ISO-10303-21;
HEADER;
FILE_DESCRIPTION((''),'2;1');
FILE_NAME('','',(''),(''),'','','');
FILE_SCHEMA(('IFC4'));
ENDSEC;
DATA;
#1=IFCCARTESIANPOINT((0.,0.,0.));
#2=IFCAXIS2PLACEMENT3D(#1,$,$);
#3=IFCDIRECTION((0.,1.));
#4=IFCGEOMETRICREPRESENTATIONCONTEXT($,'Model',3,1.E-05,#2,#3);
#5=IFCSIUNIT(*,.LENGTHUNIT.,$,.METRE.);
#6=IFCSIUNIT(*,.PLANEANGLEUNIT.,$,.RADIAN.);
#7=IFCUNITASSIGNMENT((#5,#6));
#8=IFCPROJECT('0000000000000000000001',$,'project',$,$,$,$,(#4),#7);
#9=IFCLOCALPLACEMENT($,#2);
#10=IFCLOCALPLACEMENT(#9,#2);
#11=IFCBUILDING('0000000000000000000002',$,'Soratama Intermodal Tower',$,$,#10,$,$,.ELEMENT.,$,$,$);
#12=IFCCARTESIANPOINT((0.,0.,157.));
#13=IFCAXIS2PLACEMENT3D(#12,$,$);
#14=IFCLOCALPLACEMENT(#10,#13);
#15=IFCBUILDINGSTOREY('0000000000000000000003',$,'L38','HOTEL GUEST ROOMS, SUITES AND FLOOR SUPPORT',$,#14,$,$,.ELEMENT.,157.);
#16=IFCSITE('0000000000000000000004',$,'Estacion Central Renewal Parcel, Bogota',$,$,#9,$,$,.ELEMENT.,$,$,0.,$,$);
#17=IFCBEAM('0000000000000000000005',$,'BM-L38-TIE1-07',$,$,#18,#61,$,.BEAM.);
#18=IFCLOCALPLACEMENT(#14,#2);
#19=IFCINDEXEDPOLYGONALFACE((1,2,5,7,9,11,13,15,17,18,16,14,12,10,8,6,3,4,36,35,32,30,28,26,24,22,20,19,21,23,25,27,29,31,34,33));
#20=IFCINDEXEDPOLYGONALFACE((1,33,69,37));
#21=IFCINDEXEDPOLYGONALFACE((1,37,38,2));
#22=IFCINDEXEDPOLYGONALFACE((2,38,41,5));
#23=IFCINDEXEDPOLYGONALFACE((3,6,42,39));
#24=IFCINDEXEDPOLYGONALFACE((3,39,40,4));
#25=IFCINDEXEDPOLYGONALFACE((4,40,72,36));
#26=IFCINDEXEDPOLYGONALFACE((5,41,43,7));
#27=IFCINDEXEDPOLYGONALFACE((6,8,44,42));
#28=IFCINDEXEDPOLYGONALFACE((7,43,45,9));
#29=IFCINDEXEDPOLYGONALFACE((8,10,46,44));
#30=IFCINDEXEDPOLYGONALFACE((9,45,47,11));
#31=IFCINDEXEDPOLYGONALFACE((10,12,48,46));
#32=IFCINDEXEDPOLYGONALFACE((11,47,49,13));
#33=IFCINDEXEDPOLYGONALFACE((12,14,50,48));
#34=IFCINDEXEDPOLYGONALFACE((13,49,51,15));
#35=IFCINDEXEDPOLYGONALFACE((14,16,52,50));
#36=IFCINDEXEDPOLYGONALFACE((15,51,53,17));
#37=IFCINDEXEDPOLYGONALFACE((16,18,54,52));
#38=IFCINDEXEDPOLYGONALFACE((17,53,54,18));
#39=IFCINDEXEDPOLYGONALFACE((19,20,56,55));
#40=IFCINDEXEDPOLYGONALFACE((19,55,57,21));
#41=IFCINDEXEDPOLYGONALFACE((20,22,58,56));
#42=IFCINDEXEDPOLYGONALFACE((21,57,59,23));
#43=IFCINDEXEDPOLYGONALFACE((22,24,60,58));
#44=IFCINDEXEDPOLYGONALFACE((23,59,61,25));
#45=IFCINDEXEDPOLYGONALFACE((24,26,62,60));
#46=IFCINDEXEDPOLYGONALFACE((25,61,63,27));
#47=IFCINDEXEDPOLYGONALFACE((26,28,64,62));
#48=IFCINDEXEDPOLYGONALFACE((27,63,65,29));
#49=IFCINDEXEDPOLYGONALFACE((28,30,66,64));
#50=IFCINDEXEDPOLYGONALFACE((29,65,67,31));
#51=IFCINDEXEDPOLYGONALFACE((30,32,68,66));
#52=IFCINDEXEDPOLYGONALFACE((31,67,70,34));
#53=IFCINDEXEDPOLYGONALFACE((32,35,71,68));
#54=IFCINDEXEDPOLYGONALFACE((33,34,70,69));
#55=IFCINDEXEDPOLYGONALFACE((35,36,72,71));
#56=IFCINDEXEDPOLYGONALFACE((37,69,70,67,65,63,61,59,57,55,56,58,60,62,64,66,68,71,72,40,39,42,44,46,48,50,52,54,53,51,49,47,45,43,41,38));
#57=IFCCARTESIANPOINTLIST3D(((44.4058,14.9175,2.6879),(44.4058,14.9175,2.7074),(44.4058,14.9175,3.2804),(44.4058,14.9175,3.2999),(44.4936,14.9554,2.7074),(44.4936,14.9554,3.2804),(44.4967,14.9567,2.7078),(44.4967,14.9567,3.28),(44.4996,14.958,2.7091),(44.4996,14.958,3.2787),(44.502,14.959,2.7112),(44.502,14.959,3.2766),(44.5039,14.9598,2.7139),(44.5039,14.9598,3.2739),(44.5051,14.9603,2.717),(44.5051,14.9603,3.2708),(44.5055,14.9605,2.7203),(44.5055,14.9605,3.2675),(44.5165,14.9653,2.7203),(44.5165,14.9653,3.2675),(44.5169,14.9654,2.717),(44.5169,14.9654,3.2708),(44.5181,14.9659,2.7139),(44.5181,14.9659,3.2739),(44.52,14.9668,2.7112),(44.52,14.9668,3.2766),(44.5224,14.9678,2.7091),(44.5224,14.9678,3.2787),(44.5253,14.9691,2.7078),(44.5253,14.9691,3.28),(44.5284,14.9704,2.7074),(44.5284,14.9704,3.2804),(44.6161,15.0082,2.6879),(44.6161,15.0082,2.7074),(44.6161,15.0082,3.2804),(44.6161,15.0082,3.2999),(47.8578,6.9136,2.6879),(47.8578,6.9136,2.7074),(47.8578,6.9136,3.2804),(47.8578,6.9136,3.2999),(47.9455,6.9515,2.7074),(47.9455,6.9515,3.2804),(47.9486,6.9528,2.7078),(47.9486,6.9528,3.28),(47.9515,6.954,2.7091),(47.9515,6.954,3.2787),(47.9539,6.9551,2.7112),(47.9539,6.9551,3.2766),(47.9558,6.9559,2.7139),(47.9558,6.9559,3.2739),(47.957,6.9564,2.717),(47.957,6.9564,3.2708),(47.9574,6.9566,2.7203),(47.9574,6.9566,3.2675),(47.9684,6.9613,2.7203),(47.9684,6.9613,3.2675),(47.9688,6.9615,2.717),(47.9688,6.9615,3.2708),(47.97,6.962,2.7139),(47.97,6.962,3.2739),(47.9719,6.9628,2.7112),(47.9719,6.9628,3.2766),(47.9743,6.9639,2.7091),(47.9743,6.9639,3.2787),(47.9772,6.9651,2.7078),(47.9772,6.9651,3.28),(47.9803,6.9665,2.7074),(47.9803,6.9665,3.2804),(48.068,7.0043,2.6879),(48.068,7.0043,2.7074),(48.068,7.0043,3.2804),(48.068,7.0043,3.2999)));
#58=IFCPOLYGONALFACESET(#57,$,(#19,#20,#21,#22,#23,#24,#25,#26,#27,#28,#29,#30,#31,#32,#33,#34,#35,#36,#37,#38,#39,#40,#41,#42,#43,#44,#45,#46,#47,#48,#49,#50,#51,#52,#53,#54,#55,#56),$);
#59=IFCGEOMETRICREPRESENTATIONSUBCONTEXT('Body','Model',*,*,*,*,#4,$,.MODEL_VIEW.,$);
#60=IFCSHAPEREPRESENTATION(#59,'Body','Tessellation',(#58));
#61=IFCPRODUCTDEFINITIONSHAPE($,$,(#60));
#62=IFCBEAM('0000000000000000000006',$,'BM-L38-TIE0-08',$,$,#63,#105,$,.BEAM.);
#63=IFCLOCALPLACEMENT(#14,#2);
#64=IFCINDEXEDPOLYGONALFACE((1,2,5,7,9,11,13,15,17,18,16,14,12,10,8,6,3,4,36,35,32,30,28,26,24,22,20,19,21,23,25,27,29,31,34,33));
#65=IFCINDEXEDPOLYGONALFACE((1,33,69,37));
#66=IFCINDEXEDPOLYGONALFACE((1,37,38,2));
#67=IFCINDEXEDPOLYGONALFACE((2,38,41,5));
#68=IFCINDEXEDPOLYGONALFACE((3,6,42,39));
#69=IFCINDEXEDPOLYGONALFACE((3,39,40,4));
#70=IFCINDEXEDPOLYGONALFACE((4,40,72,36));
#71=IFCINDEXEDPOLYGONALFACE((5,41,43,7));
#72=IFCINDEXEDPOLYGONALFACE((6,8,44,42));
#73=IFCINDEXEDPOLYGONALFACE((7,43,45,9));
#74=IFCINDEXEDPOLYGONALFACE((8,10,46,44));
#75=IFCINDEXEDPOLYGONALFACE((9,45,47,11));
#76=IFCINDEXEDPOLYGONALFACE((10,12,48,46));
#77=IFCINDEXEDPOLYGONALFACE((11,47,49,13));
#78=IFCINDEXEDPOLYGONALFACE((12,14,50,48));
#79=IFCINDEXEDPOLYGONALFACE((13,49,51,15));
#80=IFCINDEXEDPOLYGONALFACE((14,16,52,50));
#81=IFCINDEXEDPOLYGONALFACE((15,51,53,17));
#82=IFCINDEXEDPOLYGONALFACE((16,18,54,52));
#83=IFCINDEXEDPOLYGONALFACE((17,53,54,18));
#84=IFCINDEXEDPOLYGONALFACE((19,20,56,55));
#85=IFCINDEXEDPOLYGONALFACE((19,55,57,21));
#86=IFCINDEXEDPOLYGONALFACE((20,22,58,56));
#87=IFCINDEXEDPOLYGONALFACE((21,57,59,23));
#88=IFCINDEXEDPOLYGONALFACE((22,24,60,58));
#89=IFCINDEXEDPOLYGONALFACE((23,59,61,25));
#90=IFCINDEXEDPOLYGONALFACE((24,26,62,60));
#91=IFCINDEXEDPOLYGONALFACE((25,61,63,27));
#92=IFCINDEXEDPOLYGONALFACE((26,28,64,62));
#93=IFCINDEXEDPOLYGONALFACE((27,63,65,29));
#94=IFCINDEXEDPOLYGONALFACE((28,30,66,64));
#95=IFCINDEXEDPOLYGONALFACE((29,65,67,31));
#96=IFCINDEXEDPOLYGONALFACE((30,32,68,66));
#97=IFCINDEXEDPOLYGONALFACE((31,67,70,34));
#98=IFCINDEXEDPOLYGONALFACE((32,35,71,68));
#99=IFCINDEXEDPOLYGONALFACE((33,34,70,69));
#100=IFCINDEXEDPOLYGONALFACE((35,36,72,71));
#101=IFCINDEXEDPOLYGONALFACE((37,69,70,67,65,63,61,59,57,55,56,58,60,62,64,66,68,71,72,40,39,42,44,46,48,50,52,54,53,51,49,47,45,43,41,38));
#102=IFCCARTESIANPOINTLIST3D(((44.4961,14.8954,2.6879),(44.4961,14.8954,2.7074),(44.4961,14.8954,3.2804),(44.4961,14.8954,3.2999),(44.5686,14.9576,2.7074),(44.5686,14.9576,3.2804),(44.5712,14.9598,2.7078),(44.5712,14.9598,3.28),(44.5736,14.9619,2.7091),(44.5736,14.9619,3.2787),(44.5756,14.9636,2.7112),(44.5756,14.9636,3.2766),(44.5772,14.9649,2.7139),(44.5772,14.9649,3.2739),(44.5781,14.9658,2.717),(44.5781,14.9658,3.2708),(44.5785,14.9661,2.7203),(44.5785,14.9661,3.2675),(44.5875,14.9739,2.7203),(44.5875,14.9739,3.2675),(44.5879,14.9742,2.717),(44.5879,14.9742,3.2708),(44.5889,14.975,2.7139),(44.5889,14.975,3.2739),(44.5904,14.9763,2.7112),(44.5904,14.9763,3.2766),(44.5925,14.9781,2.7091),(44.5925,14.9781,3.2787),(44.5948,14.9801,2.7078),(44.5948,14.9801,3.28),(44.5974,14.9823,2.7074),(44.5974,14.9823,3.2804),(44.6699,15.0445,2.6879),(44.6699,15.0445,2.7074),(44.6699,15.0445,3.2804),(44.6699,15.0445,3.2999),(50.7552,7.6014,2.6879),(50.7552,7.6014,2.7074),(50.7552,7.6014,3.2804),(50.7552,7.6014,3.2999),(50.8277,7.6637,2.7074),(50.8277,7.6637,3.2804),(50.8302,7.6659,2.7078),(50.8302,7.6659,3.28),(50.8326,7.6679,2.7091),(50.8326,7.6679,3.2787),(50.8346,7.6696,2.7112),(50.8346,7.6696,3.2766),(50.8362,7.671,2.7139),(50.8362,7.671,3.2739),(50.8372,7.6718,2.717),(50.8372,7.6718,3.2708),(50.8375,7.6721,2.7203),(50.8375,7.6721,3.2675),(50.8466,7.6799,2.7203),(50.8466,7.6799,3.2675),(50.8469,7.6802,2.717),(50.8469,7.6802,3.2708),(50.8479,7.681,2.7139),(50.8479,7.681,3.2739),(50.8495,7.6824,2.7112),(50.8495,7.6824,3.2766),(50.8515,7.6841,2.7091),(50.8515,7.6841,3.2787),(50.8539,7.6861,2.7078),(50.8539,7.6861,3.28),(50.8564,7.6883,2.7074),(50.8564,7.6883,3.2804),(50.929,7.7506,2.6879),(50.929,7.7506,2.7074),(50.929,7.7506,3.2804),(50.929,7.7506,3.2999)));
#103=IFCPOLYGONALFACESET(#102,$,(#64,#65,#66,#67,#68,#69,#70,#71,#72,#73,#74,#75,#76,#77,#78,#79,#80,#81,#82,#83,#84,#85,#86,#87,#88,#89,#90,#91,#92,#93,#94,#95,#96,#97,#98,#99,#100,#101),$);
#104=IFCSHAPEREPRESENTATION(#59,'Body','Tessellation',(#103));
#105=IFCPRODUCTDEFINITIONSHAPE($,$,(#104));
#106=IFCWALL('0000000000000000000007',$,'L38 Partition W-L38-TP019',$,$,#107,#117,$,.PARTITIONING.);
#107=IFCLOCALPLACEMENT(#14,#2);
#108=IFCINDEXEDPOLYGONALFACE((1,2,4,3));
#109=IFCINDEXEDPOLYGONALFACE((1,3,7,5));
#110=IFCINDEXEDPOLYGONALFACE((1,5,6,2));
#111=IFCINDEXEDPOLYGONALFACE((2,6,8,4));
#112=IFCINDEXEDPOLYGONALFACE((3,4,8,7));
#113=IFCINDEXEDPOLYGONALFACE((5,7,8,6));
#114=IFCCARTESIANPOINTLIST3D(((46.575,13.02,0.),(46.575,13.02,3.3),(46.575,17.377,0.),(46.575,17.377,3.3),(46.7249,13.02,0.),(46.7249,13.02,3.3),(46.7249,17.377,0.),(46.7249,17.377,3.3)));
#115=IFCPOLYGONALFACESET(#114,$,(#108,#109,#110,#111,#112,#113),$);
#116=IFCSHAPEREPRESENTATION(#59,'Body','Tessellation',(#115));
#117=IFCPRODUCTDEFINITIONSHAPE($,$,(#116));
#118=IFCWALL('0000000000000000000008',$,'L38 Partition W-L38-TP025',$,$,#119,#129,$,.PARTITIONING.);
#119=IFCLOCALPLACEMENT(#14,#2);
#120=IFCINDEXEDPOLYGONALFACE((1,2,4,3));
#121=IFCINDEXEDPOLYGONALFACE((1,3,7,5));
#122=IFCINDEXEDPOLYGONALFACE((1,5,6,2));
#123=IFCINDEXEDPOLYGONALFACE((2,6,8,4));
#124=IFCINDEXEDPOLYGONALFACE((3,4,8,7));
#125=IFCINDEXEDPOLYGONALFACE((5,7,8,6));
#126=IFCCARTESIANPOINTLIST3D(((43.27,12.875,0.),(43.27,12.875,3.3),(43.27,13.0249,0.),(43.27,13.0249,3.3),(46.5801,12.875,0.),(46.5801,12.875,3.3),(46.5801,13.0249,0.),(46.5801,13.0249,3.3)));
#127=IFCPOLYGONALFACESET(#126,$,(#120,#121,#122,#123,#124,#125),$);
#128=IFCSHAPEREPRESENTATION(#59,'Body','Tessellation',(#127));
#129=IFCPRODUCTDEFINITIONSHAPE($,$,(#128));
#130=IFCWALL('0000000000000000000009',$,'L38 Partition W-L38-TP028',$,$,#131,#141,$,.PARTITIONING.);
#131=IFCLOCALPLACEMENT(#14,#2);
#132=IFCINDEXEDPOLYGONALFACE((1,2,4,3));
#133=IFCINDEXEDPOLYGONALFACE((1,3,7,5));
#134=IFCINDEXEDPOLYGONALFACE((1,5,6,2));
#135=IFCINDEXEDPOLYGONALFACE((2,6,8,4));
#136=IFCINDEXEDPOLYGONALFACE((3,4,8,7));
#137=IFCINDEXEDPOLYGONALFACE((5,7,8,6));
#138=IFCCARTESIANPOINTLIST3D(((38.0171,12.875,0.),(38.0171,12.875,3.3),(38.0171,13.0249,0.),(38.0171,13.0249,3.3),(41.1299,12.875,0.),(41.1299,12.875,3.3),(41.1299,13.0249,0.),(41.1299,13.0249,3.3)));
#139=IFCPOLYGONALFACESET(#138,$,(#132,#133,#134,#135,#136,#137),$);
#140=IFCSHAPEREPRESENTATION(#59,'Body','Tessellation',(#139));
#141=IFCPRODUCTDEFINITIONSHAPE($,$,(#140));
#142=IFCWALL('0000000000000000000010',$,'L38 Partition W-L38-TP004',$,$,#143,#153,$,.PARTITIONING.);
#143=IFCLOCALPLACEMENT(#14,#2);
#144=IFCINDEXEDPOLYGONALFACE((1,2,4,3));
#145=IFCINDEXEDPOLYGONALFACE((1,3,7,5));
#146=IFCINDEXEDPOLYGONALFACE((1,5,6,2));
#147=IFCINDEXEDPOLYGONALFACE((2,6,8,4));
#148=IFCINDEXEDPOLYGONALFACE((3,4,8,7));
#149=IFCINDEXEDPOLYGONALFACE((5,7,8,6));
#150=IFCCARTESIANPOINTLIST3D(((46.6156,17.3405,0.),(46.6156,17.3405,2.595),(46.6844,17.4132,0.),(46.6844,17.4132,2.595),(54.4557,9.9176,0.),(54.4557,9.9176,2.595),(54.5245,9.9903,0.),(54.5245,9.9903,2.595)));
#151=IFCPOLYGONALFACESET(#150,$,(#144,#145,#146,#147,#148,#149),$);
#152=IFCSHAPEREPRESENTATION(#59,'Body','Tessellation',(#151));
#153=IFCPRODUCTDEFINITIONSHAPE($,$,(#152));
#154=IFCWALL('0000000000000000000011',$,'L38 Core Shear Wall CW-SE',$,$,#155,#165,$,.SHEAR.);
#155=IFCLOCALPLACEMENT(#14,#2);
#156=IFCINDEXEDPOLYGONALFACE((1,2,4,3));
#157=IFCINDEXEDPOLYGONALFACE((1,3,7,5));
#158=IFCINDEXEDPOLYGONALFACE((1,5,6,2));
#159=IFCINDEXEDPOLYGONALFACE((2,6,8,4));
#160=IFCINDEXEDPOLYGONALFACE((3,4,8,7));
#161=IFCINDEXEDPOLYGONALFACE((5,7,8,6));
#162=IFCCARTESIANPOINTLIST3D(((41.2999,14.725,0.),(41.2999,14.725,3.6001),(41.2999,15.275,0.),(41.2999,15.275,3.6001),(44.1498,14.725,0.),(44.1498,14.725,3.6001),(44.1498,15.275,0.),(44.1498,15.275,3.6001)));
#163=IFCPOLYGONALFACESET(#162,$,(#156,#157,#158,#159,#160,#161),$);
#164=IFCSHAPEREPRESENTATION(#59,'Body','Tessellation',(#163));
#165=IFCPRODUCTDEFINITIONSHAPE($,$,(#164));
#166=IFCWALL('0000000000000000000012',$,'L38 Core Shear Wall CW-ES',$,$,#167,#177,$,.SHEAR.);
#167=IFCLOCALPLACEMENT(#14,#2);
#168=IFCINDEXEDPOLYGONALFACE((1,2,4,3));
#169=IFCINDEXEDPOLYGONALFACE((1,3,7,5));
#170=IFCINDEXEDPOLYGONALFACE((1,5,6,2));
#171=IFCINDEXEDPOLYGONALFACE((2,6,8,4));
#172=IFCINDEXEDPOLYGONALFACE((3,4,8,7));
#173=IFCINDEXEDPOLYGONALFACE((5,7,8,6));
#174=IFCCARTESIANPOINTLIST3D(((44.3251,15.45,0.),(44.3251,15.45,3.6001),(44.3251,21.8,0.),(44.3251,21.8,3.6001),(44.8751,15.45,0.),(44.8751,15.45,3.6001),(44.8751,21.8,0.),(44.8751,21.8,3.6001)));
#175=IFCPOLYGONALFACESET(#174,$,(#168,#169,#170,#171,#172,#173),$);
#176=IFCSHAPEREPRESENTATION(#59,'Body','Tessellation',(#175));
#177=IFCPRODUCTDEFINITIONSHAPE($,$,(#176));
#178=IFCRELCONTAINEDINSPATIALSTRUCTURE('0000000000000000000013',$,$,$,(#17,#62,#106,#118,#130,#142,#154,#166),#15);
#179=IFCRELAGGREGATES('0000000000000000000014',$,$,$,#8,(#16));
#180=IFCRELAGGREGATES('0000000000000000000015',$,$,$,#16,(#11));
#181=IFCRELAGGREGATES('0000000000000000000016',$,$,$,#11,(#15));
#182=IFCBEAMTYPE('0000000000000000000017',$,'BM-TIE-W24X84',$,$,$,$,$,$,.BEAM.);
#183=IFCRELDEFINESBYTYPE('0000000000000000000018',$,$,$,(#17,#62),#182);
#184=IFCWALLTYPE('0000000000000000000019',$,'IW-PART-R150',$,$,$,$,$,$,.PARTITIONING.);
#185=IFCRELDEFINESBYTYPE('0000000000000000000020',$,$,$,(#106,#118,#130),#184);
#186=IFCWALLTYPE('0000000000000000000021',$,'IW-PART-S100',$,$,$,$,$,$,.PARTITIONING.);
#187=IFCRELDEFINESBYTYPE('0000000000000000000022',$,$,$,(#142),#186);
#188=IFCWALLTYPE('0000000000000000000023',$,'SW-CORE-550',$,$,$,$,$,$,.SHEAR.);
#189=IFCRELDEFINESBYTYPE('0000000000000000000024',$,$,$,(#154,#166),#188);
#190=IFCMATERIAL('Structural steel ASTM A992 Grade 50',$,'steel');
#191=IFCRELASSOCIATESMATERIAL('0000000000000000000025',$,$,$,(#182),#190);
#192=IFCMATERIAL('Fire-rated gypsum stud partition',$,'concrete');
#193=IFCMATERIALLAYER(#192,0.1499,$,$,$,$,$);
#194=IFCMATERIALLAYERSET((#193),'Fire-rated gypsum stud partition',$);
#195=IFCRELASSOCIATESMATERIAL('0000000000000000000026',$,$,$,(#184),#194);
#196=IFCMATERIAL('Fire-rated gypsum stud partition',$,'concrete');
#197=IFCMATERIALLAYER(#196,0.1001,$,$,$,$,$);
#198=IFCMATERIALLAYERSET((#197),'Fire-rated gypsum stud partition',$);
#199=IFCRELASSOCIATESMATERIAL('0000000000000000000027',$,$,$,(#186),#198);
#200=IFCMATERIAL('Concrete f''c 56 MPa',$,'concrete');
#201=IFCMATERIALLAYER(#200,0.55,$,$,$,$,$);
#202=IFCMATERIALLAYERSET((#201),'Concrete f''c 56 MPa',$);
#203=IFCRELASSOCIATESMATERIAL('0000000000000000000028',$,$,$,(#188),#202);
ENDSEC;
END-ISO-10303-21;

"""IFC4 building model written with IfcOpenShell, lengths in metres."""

from ifc_helpers import new_model, si_unit, direction, frame, frame_2d, origin, origin_2d, place, context, subcontext, project, spatial, rectangle, i_section, extrude, material, layer, layer_set, material_profile, profile_set, type_object, element, save


model = new_model("IFC4")

# Units and contexts
model_context = context("Model", 3, precision=1e-05, world=origin(), true_north=direction((0.0, 1.0)))
body_context = subcontext(model_context, "Body", "Model", "MODEL_VIEW")
ifc_project = project(units=[si_unit("LENGTHUNIT", "METRE"), si_unit("PLANEANGLEUNIT", "RADIAN")], contexts=[model_context])

# Site, building, storey
site_placement = place(None, origin())
site = spatial("IfcSite", under=ifc_project, at=site_placement, Name="Estacion Central Renewal Parcel, Bogota", CompositionType="ELEMENT", RefElevation=0.0)
building_placement = place(site_placement, origin())
building = spatial("IfcBuilding", under=site, at=building_placement, Name="Soratama Intermodal Tower", CompositionType="ELEMENT")
storey_placement = place(building_placement, frame((0.0, 0.0, 157.0)))
storey = spatial("IfcBuildingStorey", under=building, at=storey_placement, Name="L38", Description="HOTEL GUEST ROOMS, SUITES AND FLOOR SUPPORT", CompositionType="ELEMENT", Elevation=157.0)

# Beams
ifc_material_1 = material(Name="Structural steel ASTM A992 Grade 50", Category="steel")
ifc_material_profile_1 = material_profile(ifc_material_1, i_section(OverallWidth=0.229, OverallDepth=0.6121, WebThickness=0.012, FlangeThickness=0.0195, FilletRadius=0.0129, at=origin_2d()), Name="W24X84")
ifc_profile_set_1 = profile_set([ifc_material_profile_1], Name="Structural steel ASTM A992 Grade 50")
beam_type_1 = type_object("IfcBeamType", Name="BM-TIE-W24X84", PredefinedType="BEAM", material=ifc_profile_set_1)
beam_1_placement = place(storey_placement, frame((44.511, 14.9629, 2.9939), z_axis=(0.396017, -0.918243, 0.0), x_axis=(0.918243, 0.396017, 0.0)))
element("IfcBeam", 1, at=beam_1_placement, inside=storey, type_object=beam_type_1, Name="BM-L38-TIE1-07", PredefinedType="BEAM", context=body_context, shape_type="SweptSolid", body=[
    extrude(i_section(OverallWidth=0.229, OverallDepth=0.6121, WebThickness=0.012, FlangeThickness=0.0195, FilletRadius=0.0129, at=origin_2d()), origin(), (0.0, 0.0, 1.0), 8.7166),
])
beam_2_placement = place(storey_placement, frame((44.583, 14.97, 2.9939), z_axis=(0.651216, -0.758892, 0.0), x_axis=(0.758892, 0.651216, 0.0)))
element("IfcBeam", 2, at=beam_2_placement, inside=storey, type_object=beam_type_1, Name="BM-L38-TIE0-08", PredefinedType="BEAM", context=body_context, shape_type="SweptSolid", body=[
    extrude(i_section(OverallWidth=0.229, OverallDepth=0.6121, WebThickness=0.012, FlangeThickness=0.0195, FilletRadius=0.0129, at=origin_2d()), origin(), (0.0, 0.0, 1.0), 9.6113),
])

# Walls
ifc_material_2 = material(Name="Fire-rated gypsum stud partition", Category="concrete")
ifc_layer_1 = layer(ifc_material_2, 0.1499)
ifc_layer_set_1 = layer_set([ifc_layer_1], Name="Fire-rated gypsum stud partition")
wall_type_1 = type_object("IfcWallType", Name="IW-PART-R150", PredefinedType="PARTITIONING", material=ifc_layer_set_1)
wall_1_placement = place(storey_placement, frame((46.6499, 17.377, 0.0), z_axis=(0.0, 0.0, 1.0), x_axis=(0.0, -1.0, 0.0)))
element("IfcWall", 3, at=wall_1_placement, inside=storey, type_object=wall_type_1, Name="L38 Partition W-L38-TP019", PredefinedType="PARTITIONING", context=body_context, shape_type="SweptSolid", body=[
    extrude(rectangle(XDim=4.3569, YDim=0.1499, at=frame_2d((2.1785, 0.0))), origin(), (0.0, 0.0, 1.0), 3.3),
])
wall_2_placement = place(storey_placement, frame((46.5801, 12.95, 0.0), z_axis=(0.0, 0.0, 1.0), x_axis=(-1.0, 0.0, 0.0)))
element("IfcWall", 4, at=wall_2_placement, inside=storey, type_object=wall_type_1, Name="L38 Partition W-L38-TP025", PredefinedType="PARTITIONING", context=body_context, shape_type="SweptSolid", body=[
    extrude(rectangle(XDim=3.3101, YDim=0.1499, at=frame_2d((1.655, 0.0))), origin(), (0.0, 0.0, 1.0), 3.3),
])
wall_3_placement = place(storey_placement, frame((41.1299, 12.95, 0.0), z_axis=(0.0, 0.0, 1.0), x_axis=(-1.0, 0.0, 0.0)))
element("IfcWall", 5, at=wall_3_placement, inside=storey, type_object=wall_type_1, Name="L38 Partition W-L38-TP028", PredefinedType="PARTITIONING", context=body_context, shape_type="SweptSolid", body=[
    extrude(rectangle(XDim=3.1128, YDim=0.1499, at=frame_2d((1.5564, 0.0))), origin(), (0.0, 0.0, 1.0), 3.3),
])
ifc_material_3 = material(Name="Fire-rated gypsum stud partition", Category="concrete")
ifc_layer_2 = layer(ifc_material_3, 0.1001)
ifc_layer_set_2 = layer_set([ifc_layer_2], Name="Fire-rated gypsum stud partition")
wall_type_2 = type_object("IfcWallType", Name="IW-PART-S100", PredefinedType="PARTITIONING", material=ifc_layer_set_2)
wall_4_placement = place(storey_placement, frame((46.6499, 17.377, 0.0), z_axis=(0.0, 0.0, 1.0), x_axis=(0.726165, -0.68752, 0.0)))
element("IfcWall", 6, at=wall_4_placement, inside=storey, type_object=wall_type_2, Name="L38 Partition W-L38-TP004", PredefinedType="PARTITIONING", context=body_context, shape_type="SweptSolid", body=[
    extrude(rectangle(XDim=10.7966, YDim=0.1001, at=frame_2d((5.3984, 0.0))), origin(), (0.0, 0.0, 1.0), 2.595),
])
ifc_material_4 = material(Name="Concrete f'c 56 MPa", Category="concrete")
ifc_layer_3 = layer(ifc_material_4, 0.55)
ifc_layer_set_3 = layer_set([ifc_layer_3], Name="Concrete f'c 56 MPa")
wall_type_3 = type_object("IfcWallType", Name="SW-CORE-550", PredefinedType="SHEAR", material=ifc_layer_set_3)
wall_5_placement = place(storey_placement, frame((41.3, 15.0, 0.0), z_axis=(0.0, 0.0, 1.0), x_axis=(1.0, 0.0, 0.0)))
element("IfcWall", 7, at=wall_5_placement, inside=storey, type_object=wall_type_3, Name="L38 Core Shear Wall CW-SE", PredefinedType="SHEAR", context=body_context, shape_type="SweptSolid", body=[
    extrude(rectangle(XDim=2.8499, YDim=0.55, at=frame_2d((1.4248, 0.0))), origin(), (0.0, 0.0, 1.0), 3.6001),
])
wall_6_placement = place(storey_placement, frame((44.6001, 15.45, 0.0), z_axis=(0.0, 0.0, 1.0), x_axis=(0.0, 1.0, 0.0)))
element("IfcWall", 8, at=wall_6_placement, inside=storey, type_object=wall_type_3, Name="L38 Core Shear Wall CW-ES", PredefinedType="SHEAR", context=body_context, shape_type="SweptSolid", body=[
    extrude(rectangle(XDim=6.3501, YDim=0.55, at=frame_2d((3.175, 0.0))), origin(), (0.0, 0.0, 1.0), 3.6001),
])

save(model, "model.ifc")
